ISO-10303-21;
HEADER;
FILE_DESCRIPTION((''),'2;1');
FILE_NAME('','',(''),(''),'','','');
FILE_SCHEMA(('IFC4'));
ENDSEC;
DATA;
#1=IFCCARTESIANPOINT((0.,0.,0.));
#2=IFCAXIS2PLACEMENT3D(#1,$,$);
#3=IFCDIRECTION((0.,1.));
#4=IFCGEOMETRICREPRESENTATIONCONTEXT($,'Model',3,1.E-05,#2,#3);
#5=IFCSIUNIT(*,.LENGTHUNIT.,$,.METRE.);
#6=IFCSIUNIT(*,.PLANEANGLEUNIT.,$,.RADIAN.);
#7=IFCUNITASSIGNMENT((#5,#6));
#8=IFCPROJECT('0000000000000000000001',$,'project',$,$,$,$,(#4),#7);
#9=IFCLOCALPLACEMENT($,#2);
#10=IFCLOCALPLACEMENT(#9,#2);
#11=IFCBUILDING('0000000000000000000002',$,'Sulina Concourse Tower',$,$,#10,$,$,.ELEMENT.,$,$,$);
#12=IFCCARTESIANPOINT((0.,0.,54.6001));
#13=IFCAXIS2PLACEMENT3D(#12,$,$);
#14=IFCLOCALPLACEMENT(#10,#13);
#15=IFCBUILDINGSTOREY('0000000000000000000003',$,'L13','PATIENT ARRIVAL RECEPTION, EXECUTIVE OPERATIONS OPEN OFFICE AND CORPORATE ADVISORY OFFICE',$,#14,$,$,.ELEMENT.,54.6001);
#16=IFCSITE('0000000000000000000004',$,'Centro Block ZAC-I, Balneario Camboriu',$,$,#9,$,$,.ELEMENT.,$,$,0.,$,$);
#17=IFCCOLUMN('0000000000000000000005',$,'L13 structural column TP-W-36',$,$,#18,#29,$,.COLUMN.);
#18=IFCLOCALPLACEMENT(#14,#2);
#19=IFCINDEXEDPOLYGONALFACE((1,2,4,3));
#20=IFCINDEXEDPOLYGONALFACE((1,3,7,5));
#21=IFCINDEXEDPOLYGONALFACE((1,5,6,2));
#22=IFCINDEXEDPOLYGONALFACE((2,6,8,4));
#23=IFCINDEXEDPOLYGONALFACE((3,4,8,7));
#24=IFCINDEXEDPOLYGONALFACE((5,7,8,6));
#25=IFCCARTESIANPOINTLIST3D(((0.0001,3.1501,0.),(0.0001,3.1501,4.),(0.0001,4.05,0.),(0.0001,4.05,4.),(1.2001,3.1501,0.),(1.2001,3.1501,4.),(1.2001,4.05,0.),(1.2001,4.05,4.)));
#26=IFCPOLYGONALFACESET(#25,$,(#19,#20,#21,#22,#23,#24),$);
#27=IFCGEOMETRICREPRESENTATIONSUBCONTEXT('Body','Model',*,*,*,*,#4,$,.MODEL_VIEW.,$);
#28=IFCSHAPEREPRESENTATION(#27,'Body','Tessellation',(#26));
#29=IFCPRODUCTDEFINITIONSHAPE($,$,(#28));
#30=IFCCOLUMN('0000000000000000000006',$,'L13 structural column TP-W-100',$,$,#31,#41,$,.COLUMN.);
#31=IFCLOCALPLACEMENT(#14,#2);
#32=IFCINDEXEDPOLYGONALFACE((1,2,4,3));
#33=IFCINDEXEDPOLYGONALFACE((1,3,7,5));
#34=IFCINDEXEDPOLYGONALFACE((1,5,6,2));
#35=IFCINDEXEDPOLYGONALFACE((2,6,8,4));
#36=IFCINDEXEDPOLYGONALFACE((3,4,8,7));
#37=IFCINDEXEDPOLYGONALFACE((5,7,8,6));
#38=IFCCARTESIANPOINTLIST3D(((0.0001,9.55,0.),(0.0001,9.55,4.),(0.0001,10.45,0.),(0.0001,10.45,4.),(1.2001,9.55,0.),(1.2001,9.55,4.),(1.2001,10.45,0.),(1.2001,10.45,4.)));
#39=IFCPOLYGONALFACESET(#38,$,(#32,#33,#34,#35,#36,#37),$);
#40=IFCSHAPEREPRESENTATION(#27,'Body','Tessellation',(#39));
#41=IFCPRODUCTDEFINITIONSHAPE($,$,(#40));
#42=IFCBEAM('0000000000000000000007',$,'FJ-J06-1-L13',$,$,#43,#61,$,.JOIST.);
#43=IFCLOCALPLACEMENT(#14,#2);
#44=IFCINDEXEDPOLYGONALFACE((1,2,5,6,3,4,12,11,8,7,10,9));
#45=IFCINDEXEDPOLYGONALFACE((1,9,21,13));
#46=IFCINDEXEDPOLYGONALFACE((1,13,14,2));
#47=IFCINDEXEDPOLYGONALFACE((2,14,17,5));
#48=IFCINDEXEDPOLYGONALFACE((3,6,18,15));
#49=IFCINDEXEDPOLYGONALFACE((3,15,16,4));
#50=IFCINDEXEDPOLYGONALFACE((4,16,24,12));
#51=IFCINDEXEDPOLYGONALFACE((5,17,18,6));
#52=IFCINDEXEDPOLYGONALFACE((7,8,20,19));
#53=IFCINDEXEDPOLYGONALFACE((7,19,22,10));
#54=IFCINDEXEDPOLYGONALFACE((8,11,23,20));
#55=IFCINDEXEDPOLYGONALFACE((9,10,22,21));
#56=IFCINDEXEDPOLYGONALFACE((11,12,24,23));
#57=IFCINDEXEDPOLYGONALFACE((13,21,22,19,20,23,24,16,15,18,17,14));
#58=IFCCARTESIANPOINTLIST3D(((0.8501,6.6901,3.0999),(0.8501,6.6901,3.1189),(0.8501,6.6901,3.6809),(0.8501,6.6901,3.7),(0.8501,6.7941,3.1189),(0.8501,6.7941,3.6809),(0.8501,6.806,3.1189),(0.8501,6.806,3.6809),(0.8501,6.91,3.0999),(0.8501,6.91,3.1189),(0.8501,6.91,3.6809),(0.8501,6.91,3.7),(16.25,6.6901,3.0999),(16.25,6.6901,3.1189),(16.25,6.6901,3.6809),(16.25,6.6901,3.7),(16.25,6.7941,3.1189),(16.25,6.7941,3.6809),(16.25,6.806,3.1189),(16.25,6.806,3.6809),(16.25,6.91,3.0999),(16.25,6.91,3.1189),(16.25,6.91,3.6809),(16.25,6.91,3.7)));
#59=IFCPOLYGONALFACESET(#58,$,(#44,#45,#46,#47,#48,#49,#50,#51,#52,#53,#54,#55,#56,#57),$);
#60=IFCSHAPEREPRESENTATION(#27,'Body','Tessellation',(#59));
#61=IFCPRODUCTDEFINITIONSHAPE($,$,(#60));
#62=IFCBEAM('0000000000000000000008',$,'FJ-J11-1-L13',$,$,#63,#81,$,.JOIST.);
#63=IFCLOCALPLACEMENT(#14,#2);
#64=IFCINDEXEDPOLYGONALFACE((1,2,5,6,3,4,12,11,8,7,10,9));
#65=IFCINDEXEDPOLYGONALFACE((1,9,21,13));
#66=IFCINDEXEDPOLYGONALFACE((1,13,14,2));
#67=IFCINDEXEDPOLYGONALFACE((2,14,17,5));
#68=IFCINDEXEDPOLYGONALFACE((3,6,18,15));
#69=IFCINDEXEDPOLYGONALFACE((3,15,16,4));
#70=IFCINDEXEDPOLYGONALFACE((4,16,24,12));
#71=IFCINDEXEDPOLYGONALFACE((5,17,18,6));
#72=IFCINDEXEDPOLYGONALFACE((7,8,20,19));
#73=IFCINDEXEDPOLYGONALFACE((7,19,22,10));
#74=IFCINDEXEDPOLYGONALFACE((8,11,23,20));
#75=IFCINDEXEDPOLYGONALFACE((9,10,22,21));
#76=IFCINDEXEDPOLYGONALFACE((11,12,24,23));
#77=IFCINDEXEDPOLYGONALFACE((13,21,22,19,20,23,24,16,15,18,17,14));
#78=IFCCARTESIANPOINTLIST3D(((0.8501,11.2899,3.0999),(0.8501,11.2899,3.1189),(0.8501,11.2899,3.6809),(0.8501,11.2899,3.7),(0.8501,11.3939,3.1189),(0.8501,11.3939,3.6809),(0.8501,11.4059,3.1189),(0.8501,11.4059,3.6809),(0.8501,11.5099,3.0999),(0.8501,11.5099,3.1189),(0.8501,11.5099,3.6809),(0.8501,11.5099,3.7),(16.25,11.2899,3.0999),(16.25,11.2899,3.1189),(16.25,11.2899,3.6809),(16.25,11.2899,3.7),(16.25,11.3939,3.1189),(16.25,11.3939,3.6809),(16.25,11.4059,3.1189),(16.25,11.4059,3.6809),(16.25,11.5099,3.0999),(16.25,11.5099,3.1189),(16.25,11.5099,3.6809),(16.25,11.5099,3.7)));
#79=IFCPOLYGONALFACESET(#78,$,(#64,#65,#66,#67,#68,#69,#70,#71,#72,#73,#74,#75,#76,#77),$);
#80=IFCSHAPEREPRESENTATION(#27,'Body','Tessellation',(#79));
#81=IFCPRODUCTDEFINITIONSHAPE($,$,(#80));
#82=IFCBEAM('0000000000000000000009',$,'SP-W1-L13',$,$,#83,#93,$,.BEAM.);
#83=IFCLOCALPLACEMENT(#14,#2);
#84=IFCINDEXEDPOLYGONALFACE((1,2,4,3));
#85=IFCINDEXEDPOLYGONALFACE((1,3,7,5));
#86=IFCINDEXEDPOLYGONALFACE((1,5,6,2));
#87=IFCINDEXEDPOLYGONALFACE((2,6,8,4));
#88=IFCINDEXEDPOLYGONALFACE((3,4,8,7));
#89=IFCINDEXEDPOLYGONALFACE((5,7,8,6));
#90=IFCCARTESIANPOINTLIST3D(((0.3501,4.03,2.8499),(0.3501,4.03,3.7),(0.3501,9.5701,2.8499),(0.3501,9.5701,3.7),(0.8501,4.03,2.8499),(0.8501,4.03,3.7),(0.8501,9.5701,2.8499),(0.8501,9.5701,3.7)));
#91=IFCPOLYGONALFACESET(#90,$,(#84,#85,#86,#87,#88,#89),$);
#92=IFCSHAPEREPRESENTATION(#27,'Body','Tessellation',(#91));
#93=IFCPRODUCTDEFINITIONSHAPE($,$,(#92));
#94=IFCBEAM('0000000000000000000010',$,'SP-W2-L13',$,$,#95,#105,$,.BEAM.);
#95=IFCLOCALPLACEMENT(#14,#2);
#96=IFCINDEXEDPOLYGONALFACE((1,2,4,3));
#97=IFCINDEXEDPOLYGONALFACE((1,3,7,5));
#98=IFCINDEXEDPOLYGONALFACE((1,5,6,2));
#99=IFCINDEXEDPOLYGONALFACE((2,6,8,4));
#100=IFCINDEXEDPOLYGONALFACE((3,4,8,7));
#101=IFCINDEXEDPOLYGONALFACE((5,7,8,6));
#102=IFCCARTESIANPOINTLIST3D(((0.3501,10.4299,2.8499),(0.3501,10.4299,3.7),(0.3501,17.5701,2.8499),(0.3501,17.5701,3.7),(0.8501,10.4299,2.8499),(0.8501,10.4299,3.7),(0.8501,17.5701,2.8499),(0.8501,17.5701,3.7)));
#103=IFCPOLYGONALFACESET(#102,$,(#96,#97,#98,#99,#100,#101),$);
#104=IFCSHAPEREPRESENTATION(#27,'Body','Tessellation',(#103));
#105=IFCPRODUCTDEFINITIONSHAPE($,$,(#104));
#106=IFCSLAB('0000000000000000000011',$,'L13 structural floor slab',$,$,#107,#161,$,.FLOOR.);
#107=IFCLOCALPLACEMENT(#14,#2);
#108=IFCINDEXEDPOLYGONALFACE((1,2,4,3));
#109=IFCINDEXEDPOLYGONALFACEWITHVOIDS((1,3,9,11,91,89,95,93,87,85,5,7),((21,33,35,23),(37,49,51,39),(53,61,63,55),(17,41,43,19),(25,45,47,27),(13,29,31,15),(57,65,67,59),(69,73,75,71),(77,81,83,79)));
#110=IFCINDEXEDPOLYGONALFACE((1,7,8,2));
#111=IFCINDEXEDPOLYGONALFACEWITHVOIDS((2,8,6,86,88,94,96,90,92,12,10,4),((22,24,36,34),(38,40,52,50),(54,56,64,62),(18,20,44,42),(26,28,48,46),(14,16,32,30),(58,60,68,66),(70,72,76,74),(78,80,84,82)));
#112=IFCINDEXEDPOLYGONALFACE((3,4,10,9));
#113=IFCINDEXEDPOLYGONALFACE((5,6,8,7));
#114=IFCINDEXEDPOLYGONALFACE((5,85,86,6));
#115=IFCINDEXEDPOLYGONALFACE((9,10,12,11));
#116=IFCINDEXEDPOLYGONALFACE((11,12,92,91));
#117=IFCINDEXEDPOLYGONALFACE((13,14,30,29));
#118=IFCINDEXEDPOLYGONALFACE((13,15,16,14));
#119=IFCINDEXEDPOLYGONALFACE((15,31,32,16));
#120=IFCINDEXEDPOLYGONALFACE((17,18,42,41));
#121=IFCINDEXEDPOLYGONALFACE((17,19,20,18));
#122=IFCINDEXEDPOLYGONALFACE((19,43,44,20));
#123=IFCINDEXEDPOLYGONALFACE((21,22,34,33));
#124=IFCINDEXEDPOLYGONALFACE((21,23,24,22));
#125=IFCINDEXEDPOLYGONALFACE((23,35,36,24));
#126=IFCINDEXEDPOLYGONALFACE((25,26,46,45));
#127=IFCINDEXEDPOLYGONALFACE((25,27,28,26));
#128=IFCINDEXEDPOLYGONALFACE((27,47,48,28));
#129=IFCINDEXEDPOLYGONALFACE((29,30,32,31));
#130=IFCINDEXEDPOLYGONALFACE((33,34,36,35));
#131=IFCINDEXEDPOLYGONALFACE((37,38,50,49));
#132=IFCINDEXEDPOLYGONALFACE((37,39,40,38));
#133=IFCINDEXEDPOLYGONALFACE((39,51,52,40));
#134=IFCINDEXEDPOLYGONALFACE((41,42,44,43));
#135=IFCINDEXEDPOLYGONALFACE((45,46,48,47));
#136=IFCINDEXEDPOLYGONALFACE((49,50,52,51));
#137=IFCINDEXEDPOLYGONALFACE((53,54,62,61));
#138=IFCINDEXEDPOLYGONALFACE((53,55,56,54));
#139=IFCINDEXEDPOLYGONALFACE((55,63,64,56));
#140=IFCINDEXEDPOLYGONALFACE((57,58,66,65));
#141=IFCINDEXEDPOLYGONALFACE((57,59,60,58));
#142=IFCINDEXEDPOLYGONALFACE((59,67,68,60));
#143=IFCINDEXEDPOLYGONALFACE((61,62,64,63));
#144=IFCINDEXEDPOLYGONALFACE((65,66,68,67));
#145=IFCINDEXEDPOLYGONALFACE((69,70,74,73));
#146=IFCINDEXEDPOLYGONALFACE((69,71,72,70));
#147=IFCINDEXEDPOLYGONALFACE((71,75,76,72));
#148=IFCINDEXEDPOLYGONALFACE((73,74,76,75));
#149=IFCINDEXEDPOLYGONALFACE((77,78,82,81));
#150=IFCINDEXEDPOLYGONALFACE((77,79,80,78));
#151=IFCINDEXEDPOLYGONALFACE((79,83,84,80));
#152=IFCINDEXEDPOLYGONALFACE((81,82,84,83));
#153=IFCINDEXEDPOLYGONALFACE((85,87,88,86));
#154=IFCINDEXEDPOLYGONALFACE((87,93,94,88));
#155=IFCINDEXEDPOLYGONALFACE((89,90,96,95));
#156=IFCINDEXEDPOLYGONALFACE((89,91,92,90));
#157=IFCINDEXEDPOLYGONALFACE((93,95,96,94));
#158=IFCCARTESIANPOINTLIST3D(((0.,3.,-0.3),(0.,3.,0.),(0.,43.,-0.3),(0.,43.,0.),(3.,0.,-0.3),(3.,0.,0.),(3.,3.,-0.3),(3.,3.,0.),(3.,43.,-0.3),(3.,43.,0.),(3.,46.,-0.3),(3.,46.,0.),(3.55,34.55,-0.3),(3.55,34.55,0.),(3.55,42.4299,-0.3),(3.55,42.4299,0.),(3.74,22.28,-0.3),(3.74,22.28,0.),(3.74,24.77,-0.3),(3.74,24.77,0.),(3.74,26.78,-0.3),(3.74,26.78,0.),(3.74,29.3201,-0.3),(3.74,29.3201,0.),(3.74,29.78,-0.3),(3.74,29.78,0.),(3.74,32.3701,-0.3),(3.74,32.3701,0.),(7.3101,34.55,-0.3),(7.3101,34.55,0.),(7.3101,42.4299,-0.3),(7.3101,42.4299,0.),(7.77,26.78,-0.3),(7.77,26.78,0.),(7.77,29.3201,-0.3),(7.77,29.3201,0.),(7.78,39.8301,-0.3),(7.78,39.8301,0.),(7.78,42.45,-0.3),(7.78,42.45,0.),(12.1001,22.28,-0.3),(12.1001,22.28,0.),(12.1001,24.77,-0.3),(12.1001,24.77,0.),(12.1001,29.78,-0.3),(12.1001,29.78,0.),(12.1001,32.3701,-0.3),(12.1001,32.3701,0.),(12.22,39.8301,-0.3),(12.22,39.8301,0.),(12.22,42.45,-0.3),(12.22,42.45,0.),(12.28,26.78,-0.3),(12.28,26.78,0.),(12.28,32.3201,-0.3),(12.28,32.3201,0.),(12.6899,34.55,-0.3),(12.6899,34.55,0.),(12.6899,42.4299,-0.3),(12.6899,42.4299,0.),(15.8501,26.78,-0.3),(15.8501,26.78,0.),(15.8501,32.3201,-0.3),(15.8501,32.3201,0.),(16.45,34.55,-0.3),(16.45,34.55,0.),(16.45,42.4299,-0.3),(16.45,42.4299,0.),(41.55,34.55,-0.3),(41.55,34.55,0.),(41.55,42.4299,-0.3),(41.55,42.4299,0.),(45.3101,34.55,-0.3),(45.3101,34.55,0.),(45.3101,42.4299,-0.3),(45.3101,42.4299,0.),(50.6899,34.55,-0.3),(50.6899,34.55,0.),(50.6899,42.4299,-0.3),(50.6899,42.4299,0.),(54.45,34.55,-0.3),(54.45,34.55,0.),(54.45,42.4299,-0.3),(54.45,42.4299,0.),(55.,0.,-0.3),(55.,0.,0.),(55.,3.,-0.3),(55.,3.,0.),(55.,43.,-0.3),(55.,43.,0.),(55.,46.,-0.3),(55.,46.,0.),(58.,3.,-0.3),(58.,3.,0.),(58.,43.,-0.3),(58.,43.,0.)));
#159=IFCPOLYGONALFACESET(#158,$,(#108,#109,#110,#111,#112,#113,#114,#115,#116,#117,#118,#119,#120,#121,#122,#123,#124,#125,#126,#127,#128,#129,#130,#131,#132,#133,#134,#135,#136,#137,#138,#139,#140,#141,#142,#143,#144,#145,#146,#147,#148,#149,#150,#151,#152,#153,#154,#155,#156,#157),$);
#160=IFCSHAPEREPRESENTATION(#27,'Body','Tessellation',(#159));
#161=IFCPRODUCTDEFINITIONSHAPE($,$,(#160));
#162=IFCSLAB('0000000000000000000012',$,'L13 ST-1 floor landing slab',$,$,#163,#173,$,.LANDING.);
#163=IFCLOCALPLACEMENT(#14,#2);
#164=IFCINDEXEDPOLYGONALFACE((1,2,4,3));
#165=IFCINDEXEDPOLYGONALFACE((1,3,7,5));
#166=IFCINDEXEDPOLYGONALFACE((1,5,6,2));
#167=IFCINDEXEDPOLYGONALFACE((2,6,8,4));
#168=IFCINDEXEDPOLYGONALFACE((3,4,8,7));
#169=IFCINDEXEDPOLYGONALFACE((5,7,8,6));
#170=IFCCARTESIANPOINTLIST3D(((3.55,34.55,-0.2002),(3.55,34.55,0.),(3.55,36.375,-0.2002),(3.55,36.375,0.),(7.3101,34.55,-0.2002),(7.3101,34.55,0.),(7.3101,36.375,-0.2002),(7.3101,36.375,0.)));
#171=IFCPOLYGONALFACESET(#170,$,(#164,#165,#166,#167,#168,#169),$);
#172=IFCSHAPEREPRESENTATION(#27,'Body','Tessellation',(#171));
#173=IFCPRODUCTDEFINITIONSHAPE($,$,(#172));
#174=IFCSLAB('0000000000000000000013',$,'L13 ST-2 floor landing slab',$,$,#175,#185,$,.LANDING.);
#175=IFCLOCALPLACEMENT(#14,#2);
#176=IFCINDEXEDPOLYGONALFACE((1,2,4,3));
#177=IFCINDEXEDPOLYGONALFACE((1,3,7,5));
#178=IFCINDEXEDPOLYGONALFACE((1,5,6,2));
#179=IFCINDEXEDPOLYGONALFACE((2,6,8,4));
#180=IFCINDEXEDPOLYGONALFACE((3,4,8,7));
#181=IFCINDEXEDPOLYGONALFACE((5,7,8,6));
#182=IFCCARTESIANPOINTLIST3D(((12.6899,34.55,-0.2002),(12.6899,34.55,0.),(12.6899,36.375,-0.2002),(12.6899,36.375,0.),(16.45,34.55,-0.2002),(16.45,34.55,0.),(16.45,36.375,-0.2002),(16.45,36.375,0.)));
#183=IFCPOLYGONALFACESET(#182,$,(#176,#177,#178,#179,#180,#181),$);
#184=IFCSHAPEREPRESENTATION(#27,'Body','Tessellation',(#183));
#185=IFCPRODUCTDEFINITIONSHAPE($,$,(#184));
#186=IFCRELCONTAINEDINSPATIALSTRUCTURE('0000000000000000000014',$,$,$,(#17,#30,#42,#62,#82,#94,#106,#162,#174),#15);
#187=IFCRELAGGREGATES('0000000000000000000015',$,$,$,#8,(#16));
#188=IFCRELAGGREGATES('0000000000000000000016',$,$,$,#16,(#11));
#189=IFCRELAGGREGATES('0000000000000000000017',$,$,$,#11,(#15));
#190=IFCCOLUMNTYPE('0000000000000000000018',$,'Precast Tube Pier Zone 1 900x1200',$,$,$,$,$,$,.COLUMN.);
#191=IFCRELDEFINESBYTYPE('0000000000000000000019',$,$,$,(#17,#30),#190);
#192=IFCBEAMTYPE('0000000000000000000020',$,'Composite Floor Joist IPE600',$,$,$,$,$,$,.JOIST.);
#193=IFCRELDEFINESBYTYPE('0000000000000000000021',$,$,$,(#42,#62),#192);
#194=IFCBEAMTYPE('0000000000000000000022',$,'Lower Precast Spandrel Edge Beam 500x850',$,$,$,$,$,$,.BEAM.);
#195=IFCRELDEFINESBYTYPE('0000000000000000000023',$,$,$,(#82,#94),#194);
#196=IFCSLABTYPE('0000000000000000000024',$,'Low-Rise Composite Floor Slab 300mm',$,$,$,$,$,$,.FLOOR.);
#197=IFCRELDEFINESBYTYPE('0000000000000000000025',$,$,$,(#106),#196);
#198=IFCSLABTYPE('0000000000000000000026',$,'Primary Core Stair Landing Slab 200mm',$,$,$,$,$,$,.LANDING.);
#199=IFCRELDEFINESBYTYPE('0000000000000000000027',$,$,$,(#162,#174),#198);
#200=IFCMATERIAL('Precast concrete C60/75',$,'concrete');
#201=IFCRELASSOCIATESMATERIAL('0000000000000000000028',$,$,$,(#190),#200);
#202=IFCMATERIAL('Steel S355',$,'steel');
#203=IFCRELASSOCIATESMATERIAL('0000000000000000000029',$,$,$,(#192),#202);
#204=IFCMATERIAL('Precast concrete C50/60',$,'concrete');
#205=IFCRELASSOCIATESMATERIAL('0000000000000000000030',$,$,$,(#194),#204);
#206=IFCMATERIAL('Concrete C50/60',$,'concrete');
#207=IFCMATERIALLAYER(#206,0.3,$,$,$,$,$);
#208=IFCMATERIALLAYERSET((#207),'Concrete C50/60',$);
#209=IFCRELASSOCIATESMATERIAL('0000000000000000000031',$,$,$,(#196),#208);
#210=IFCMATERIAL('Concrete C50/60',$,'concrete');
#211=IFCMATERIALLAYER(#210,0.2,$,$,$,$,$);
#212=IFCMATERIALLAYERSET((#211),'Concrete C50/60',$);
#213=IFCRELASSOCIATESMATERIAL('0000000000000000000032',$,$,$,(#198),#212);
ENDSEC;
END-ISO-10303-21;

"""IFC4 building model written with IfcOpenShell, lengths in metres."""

from ifc_helpers import new_model, si_unit, direction, frame, origin, origin_2d, place, context, subcontext, project, spatial, polyline, rectangle, i_section, outline, extrude, material, layer, layer_set, material_profile, profile_set, type_object, element, save


model = new_model("IFC4")

# Units and contexts
model_context = context("Model", 3, precision=1e-05, world=origin(), true_north=direction((0.0, 1.0)))
body_context = subcontext(model_context, "Body", "Model", "MODEL_VIEW")
ifc_project = project(units=[si_unit("LENGTHUNIT", "METRE"), si_unit("PLANEANGLEUNIT", "RADIAN")], contexts=[model_context])

# Site, building, storey
site_placement = place(None, origin())
site = spatial("IfcSite", under=ifc_project, at=site_placement, Name="Centro Block ZAC-I, Balneario Camboriu", CompositionType="ELEMENT", RefElevation=0.0)
building_placement = place(site_placement, origin())
building = spatial("IfcBuilding", under=site, at=building_placement, Name="Sulina Concourse Tower", CompositionType="ELEMENT")
storey_placement = place(building_placement, frame((0.0, 0.0, 54.6001)))
storey = spatial("IfcBuildingStorey", under=building, at=storey_placement, Name="L13", Description="PATIENT ARRIVAL RECEPTION, EXECUTIVE OPERATIONS OPEN OFFICE AND CORPORATE ADVISORY OFFICE", CompositionType="ELEMENT", Elevation=54.6001)

# Columns
ifc_material_1 = material(Name="Precast concrete C60/75", Category="concrete")
ifc_material_profile_1 = material_profile(ifc_material_1, rectangle(XDim=0.8999, YDim=1.2, at=origin_2d()), Name="PC 900x1200")
ifc_profile_set_1 = profile_set([ifc_material_profile_1], Name="Precast concrete C60/75")
column_type = type_object("IfcColumnType", Name="Precast Tube Pier Zone 1 900x1200", PredefinedType="COLUMN", material=ifc_profile_set_1)
for number, where, z_axis, x_axis, name in (
    (1, (0.6001, 3.6001, 0.0), (0.0, 0.0, 1.0), (0.0, 1.0, 0.0), "L13 structural column TP-W-36"),
    (2, (0.6001, 10.0, 0.0), (0.0, 0.0, 1.0), (0.0, 1.0, 0.0), "L13 structural column TP-W-100"),
):
    element("IfcColumn", number, at=place(storey_placement, frame(where, z_axis=z_axis, x_axis=x_axis)), inside=storey, type_object=column_type, Name=name, PredefinedType="COLUMN", context=body_context, shape_type="SweptSolid", body=[
        extrude(rectangle(XDim=0.8999, YDim=1.2, at=origin_2d()), origin(), (0.0, 0.0, 1.0), 4.0),
    ])

# Beams
ifc_material_2 = material(Name="Steel S355", Category="steel")
ifc_material_profile_2 = material_profile(ifc_material_2, i_section(OverallWidth=0.22, OverallDepth=0.6001, WebThickness=0.012, FlangeThickness=0.019, at=origin_2d()), Name="IPE 600")
ifc_profile_set_2 = profile_set([ifc_material_profile_2], Name="Steel S355")
beam_type_1 = type_object("IfcBeamType", Name="Composite Floor Joist IPE600", PredefinedType="JOIST", material=ifc_profile_set_2)
for number, where, z_axis, x_axis, name in (
    (3, (0.8501, 6.8, 3.3999), (1.0, 0.0, 0.0), (0.0, 1.0, 0.0), "FJ-J06-1-L13"),
    (4, (0.8501, 11.3999, 3.3999), (1.0, 0.0, 0.0), (0.0, 1.0, 0.0), "FJ-J11-1-L13"),
):
    element("IfcBeam", number, at=place(storey_placement, frame(where, z_axis=z_axis, x_axis=x_axis)), inside=storey, type_object=beam_type_1, Name=name, PredefinedType="JOIST", context=body_context, shape_type="SweptSolid", body=[
        extrude(i_section(OverallWidth=0.22, OverallDepth=0.6001, WebThickness=0.012, FlangeThickness=0.019, at=origin_2d()), origin(), (0.0, 0.0, 1.0), 15.3999),
    ])
ifc_material_3 = material(Name="Precast concrete C50/60", Category="concrete")
ifc_material_profile_3 = material_profile(ifc_material_3, rectangle(XDim=0.5, YDim=0.8501, at=origin_2d()), Name="RC 500x850")
ifc_profile_set_3 = profile_set([ifc_material_profile_3], Name="Precast concrete C50/60")
beam_type_2 = type_object("IfcBeamType", Name="Lower Precast Spandrel Edge Beam 500x850", PredefinedType="BEAM", material=ifc_profile_set_3)
beam_1_placement = place(storey_placement, frame((0.6001, 4.03, 3.2749), z_axis=(0.0, 1.0, 0.0), x_axis=(-1.0, 0.0, 0.0)))
element("IfcBeam", 5, at=beam_1_placement, inside=storey, type_object=beam_type_2, Name="SP-W1-L13", PredefinedType="BEAM", context=body_context, shape_type="SweptSolid", body=[
    extrude(rectangle(XDim=0.5, YDim=0.8501, at=origin_2d()), origin(), (0.0, 0.0, 1.0), 5.54),
])
beam_2_placement = place(storey_placement, frame((0.6001, 10.4299, 3.2749), z_axis=(0.0, 1.0, 0.0), x_axis=(-1.0, 0.0, 0.0)))
element("IfcBeam", 6, at=beam_2_placement, inside=storey, type_object=beam_type_2, Name="SP-W2-L13", PredefinedType="BEAM", context=body_context, shape_type="SweptSolid", body=[
    extrude(rectangle(XDim=0.5, YDim=0.8501, at=origin_2d()), origin(), (0.0, 0.0, 1.0), 7.1401),
])

# Slabs
ifc_material_4 = material(Name="Concrete C50/60", Category="concrete")
ifc_layer_1 = layer(ifc_material_4, 0.3)
ifc_layer_set_1 = layer_set([ifc_layer_1], Name="Concrete C50/60")
slab_type_1 = type_object("IfcSlabType", Name="Low-Rise Composite Floor Slab 300mm", PredefinedType="FLOOR", material=ifc_layer_set_1)
slab_1_placement = place(storey_placement, frame((0.0, 0.0, -0.3)))
element("IfcSlab", 7, at=slab_1_placement, inside=storey, type_object=slab_type_1, Name="L13 structural floor slab", PredefinedType="FLOOR", context=body_context, shape_type="SweptSolid", body=[
    extrude(outline(polyline([(3.0, 0.0), (55.0, 0.0), (55.0, 3.0), (58.0, 3.0), (58.0, 43.0), (55.0, 43.0), (55.0, 46.0), (3.0, 46.0), (3.0, 43.0), (0.0, 43.0), (0.0, 3.0), (3.0, 3.0), (3.0, 0.0)]), holes=[polyline([(7.3101, 34.55), (7.3101, 42.4299), (3.55, 42.4299), (3.55, 34.55), (7.3101, 34.55)]), polyline([(16.45, 34.55), (16.45, 42.4299), (12.6899, 42.4299), (12.6899, 34.55), (16.45, 34.55)]), polyline([(45.3101, 34.55), (45.3101, 42.4299), (41.55, 42.4299), (41.55, 34.55), (45.3101, 34.55)]), polyline([(54.45, 34.55), (54.45, 42.4299), (50.6899, 42.4299), (50.6899, 34.55), (54.45, 34.55)]), polyline([(7.78, 39.8301), (12.22, 39.8301), (12.22, 42.45), (7.78, 42.45), (7.78, 39.8301)]), polyline([(3.74, 26.78), (7.77, 26.78), (7.77, 29.3201), (3.74, 29.3201), (3.74, 26.78)]), polyline([(3.74, 29.78), (12.1001, 29.78), (12.1001, 32.3701), (3.74, 32.3701), (3.74, 29.78)]), polyline([(3.74, 22.28), (12.1001, 22.28), (12.1001, 24.77), (3.74, 24.77), (3.74, 22.28)]), polyline([(12.28, 26.78), (15.8501, 26.78), (15.8501, 32.3201), (12.28, 32.3201), (12.28, 26.78)])]), origin(), (0.0, 0.0, 1.0), 0.3),
])
ifc_material_5 = material(Name="Concrete C50/60", Category="concrete")
ifc_layer_2 = layer(ifc_material_5, 0.2)
ifc_layer_set_2 = layer_set([ifc_layer_2], Name="Concrete C50/60")
slab_type_2 = type_object("IfcSlabType", Name="Primary Core Stair Landing Slab 200mm", PredefinedType="LANDING", material=ifc_layer_set_2)
slab_2_placement = place(storey_placement, frame((0.0, 0.0, -0.2002)))
element("IfcSlab", 8, at=slab_2_placement, inside=storey, type_object=slab_type_2, Name="L13 ST-1 floor landing slab", PredefinedType="LANDING", context=body_context, shape_type="SweptSolid", body=[
    extrude(outline(polyline([(7.3101, 34.55), (7.3101, 36.375), (3.55, 36.375), (3.55, 34.55), (7.3101, 34.55)])), origin(), (0.0, 0.0, 1.0), 0.2002),
])
slab_3_placement = place(storey_placement, frame((0.0, 0.0, -0.2002)))
element("IfcSlab", 9, at=slab_3_placement, inside=storey, type_object=slab_type_2, Name="L13 ST-2 floor landing slab", PredefinedType="LANDING", context=body_context, shape_type="SweptSolid", body=[
    extrude(outline(polyline([(16.45, 34.55), (16.45, 36.375), (12.6899, 36.375), (12.6899, 34.55), (16.45, 34.55)])), origin(), (0.0, 0.0, 1.0), 0.2002),
])

save(model, "model.ifc")
